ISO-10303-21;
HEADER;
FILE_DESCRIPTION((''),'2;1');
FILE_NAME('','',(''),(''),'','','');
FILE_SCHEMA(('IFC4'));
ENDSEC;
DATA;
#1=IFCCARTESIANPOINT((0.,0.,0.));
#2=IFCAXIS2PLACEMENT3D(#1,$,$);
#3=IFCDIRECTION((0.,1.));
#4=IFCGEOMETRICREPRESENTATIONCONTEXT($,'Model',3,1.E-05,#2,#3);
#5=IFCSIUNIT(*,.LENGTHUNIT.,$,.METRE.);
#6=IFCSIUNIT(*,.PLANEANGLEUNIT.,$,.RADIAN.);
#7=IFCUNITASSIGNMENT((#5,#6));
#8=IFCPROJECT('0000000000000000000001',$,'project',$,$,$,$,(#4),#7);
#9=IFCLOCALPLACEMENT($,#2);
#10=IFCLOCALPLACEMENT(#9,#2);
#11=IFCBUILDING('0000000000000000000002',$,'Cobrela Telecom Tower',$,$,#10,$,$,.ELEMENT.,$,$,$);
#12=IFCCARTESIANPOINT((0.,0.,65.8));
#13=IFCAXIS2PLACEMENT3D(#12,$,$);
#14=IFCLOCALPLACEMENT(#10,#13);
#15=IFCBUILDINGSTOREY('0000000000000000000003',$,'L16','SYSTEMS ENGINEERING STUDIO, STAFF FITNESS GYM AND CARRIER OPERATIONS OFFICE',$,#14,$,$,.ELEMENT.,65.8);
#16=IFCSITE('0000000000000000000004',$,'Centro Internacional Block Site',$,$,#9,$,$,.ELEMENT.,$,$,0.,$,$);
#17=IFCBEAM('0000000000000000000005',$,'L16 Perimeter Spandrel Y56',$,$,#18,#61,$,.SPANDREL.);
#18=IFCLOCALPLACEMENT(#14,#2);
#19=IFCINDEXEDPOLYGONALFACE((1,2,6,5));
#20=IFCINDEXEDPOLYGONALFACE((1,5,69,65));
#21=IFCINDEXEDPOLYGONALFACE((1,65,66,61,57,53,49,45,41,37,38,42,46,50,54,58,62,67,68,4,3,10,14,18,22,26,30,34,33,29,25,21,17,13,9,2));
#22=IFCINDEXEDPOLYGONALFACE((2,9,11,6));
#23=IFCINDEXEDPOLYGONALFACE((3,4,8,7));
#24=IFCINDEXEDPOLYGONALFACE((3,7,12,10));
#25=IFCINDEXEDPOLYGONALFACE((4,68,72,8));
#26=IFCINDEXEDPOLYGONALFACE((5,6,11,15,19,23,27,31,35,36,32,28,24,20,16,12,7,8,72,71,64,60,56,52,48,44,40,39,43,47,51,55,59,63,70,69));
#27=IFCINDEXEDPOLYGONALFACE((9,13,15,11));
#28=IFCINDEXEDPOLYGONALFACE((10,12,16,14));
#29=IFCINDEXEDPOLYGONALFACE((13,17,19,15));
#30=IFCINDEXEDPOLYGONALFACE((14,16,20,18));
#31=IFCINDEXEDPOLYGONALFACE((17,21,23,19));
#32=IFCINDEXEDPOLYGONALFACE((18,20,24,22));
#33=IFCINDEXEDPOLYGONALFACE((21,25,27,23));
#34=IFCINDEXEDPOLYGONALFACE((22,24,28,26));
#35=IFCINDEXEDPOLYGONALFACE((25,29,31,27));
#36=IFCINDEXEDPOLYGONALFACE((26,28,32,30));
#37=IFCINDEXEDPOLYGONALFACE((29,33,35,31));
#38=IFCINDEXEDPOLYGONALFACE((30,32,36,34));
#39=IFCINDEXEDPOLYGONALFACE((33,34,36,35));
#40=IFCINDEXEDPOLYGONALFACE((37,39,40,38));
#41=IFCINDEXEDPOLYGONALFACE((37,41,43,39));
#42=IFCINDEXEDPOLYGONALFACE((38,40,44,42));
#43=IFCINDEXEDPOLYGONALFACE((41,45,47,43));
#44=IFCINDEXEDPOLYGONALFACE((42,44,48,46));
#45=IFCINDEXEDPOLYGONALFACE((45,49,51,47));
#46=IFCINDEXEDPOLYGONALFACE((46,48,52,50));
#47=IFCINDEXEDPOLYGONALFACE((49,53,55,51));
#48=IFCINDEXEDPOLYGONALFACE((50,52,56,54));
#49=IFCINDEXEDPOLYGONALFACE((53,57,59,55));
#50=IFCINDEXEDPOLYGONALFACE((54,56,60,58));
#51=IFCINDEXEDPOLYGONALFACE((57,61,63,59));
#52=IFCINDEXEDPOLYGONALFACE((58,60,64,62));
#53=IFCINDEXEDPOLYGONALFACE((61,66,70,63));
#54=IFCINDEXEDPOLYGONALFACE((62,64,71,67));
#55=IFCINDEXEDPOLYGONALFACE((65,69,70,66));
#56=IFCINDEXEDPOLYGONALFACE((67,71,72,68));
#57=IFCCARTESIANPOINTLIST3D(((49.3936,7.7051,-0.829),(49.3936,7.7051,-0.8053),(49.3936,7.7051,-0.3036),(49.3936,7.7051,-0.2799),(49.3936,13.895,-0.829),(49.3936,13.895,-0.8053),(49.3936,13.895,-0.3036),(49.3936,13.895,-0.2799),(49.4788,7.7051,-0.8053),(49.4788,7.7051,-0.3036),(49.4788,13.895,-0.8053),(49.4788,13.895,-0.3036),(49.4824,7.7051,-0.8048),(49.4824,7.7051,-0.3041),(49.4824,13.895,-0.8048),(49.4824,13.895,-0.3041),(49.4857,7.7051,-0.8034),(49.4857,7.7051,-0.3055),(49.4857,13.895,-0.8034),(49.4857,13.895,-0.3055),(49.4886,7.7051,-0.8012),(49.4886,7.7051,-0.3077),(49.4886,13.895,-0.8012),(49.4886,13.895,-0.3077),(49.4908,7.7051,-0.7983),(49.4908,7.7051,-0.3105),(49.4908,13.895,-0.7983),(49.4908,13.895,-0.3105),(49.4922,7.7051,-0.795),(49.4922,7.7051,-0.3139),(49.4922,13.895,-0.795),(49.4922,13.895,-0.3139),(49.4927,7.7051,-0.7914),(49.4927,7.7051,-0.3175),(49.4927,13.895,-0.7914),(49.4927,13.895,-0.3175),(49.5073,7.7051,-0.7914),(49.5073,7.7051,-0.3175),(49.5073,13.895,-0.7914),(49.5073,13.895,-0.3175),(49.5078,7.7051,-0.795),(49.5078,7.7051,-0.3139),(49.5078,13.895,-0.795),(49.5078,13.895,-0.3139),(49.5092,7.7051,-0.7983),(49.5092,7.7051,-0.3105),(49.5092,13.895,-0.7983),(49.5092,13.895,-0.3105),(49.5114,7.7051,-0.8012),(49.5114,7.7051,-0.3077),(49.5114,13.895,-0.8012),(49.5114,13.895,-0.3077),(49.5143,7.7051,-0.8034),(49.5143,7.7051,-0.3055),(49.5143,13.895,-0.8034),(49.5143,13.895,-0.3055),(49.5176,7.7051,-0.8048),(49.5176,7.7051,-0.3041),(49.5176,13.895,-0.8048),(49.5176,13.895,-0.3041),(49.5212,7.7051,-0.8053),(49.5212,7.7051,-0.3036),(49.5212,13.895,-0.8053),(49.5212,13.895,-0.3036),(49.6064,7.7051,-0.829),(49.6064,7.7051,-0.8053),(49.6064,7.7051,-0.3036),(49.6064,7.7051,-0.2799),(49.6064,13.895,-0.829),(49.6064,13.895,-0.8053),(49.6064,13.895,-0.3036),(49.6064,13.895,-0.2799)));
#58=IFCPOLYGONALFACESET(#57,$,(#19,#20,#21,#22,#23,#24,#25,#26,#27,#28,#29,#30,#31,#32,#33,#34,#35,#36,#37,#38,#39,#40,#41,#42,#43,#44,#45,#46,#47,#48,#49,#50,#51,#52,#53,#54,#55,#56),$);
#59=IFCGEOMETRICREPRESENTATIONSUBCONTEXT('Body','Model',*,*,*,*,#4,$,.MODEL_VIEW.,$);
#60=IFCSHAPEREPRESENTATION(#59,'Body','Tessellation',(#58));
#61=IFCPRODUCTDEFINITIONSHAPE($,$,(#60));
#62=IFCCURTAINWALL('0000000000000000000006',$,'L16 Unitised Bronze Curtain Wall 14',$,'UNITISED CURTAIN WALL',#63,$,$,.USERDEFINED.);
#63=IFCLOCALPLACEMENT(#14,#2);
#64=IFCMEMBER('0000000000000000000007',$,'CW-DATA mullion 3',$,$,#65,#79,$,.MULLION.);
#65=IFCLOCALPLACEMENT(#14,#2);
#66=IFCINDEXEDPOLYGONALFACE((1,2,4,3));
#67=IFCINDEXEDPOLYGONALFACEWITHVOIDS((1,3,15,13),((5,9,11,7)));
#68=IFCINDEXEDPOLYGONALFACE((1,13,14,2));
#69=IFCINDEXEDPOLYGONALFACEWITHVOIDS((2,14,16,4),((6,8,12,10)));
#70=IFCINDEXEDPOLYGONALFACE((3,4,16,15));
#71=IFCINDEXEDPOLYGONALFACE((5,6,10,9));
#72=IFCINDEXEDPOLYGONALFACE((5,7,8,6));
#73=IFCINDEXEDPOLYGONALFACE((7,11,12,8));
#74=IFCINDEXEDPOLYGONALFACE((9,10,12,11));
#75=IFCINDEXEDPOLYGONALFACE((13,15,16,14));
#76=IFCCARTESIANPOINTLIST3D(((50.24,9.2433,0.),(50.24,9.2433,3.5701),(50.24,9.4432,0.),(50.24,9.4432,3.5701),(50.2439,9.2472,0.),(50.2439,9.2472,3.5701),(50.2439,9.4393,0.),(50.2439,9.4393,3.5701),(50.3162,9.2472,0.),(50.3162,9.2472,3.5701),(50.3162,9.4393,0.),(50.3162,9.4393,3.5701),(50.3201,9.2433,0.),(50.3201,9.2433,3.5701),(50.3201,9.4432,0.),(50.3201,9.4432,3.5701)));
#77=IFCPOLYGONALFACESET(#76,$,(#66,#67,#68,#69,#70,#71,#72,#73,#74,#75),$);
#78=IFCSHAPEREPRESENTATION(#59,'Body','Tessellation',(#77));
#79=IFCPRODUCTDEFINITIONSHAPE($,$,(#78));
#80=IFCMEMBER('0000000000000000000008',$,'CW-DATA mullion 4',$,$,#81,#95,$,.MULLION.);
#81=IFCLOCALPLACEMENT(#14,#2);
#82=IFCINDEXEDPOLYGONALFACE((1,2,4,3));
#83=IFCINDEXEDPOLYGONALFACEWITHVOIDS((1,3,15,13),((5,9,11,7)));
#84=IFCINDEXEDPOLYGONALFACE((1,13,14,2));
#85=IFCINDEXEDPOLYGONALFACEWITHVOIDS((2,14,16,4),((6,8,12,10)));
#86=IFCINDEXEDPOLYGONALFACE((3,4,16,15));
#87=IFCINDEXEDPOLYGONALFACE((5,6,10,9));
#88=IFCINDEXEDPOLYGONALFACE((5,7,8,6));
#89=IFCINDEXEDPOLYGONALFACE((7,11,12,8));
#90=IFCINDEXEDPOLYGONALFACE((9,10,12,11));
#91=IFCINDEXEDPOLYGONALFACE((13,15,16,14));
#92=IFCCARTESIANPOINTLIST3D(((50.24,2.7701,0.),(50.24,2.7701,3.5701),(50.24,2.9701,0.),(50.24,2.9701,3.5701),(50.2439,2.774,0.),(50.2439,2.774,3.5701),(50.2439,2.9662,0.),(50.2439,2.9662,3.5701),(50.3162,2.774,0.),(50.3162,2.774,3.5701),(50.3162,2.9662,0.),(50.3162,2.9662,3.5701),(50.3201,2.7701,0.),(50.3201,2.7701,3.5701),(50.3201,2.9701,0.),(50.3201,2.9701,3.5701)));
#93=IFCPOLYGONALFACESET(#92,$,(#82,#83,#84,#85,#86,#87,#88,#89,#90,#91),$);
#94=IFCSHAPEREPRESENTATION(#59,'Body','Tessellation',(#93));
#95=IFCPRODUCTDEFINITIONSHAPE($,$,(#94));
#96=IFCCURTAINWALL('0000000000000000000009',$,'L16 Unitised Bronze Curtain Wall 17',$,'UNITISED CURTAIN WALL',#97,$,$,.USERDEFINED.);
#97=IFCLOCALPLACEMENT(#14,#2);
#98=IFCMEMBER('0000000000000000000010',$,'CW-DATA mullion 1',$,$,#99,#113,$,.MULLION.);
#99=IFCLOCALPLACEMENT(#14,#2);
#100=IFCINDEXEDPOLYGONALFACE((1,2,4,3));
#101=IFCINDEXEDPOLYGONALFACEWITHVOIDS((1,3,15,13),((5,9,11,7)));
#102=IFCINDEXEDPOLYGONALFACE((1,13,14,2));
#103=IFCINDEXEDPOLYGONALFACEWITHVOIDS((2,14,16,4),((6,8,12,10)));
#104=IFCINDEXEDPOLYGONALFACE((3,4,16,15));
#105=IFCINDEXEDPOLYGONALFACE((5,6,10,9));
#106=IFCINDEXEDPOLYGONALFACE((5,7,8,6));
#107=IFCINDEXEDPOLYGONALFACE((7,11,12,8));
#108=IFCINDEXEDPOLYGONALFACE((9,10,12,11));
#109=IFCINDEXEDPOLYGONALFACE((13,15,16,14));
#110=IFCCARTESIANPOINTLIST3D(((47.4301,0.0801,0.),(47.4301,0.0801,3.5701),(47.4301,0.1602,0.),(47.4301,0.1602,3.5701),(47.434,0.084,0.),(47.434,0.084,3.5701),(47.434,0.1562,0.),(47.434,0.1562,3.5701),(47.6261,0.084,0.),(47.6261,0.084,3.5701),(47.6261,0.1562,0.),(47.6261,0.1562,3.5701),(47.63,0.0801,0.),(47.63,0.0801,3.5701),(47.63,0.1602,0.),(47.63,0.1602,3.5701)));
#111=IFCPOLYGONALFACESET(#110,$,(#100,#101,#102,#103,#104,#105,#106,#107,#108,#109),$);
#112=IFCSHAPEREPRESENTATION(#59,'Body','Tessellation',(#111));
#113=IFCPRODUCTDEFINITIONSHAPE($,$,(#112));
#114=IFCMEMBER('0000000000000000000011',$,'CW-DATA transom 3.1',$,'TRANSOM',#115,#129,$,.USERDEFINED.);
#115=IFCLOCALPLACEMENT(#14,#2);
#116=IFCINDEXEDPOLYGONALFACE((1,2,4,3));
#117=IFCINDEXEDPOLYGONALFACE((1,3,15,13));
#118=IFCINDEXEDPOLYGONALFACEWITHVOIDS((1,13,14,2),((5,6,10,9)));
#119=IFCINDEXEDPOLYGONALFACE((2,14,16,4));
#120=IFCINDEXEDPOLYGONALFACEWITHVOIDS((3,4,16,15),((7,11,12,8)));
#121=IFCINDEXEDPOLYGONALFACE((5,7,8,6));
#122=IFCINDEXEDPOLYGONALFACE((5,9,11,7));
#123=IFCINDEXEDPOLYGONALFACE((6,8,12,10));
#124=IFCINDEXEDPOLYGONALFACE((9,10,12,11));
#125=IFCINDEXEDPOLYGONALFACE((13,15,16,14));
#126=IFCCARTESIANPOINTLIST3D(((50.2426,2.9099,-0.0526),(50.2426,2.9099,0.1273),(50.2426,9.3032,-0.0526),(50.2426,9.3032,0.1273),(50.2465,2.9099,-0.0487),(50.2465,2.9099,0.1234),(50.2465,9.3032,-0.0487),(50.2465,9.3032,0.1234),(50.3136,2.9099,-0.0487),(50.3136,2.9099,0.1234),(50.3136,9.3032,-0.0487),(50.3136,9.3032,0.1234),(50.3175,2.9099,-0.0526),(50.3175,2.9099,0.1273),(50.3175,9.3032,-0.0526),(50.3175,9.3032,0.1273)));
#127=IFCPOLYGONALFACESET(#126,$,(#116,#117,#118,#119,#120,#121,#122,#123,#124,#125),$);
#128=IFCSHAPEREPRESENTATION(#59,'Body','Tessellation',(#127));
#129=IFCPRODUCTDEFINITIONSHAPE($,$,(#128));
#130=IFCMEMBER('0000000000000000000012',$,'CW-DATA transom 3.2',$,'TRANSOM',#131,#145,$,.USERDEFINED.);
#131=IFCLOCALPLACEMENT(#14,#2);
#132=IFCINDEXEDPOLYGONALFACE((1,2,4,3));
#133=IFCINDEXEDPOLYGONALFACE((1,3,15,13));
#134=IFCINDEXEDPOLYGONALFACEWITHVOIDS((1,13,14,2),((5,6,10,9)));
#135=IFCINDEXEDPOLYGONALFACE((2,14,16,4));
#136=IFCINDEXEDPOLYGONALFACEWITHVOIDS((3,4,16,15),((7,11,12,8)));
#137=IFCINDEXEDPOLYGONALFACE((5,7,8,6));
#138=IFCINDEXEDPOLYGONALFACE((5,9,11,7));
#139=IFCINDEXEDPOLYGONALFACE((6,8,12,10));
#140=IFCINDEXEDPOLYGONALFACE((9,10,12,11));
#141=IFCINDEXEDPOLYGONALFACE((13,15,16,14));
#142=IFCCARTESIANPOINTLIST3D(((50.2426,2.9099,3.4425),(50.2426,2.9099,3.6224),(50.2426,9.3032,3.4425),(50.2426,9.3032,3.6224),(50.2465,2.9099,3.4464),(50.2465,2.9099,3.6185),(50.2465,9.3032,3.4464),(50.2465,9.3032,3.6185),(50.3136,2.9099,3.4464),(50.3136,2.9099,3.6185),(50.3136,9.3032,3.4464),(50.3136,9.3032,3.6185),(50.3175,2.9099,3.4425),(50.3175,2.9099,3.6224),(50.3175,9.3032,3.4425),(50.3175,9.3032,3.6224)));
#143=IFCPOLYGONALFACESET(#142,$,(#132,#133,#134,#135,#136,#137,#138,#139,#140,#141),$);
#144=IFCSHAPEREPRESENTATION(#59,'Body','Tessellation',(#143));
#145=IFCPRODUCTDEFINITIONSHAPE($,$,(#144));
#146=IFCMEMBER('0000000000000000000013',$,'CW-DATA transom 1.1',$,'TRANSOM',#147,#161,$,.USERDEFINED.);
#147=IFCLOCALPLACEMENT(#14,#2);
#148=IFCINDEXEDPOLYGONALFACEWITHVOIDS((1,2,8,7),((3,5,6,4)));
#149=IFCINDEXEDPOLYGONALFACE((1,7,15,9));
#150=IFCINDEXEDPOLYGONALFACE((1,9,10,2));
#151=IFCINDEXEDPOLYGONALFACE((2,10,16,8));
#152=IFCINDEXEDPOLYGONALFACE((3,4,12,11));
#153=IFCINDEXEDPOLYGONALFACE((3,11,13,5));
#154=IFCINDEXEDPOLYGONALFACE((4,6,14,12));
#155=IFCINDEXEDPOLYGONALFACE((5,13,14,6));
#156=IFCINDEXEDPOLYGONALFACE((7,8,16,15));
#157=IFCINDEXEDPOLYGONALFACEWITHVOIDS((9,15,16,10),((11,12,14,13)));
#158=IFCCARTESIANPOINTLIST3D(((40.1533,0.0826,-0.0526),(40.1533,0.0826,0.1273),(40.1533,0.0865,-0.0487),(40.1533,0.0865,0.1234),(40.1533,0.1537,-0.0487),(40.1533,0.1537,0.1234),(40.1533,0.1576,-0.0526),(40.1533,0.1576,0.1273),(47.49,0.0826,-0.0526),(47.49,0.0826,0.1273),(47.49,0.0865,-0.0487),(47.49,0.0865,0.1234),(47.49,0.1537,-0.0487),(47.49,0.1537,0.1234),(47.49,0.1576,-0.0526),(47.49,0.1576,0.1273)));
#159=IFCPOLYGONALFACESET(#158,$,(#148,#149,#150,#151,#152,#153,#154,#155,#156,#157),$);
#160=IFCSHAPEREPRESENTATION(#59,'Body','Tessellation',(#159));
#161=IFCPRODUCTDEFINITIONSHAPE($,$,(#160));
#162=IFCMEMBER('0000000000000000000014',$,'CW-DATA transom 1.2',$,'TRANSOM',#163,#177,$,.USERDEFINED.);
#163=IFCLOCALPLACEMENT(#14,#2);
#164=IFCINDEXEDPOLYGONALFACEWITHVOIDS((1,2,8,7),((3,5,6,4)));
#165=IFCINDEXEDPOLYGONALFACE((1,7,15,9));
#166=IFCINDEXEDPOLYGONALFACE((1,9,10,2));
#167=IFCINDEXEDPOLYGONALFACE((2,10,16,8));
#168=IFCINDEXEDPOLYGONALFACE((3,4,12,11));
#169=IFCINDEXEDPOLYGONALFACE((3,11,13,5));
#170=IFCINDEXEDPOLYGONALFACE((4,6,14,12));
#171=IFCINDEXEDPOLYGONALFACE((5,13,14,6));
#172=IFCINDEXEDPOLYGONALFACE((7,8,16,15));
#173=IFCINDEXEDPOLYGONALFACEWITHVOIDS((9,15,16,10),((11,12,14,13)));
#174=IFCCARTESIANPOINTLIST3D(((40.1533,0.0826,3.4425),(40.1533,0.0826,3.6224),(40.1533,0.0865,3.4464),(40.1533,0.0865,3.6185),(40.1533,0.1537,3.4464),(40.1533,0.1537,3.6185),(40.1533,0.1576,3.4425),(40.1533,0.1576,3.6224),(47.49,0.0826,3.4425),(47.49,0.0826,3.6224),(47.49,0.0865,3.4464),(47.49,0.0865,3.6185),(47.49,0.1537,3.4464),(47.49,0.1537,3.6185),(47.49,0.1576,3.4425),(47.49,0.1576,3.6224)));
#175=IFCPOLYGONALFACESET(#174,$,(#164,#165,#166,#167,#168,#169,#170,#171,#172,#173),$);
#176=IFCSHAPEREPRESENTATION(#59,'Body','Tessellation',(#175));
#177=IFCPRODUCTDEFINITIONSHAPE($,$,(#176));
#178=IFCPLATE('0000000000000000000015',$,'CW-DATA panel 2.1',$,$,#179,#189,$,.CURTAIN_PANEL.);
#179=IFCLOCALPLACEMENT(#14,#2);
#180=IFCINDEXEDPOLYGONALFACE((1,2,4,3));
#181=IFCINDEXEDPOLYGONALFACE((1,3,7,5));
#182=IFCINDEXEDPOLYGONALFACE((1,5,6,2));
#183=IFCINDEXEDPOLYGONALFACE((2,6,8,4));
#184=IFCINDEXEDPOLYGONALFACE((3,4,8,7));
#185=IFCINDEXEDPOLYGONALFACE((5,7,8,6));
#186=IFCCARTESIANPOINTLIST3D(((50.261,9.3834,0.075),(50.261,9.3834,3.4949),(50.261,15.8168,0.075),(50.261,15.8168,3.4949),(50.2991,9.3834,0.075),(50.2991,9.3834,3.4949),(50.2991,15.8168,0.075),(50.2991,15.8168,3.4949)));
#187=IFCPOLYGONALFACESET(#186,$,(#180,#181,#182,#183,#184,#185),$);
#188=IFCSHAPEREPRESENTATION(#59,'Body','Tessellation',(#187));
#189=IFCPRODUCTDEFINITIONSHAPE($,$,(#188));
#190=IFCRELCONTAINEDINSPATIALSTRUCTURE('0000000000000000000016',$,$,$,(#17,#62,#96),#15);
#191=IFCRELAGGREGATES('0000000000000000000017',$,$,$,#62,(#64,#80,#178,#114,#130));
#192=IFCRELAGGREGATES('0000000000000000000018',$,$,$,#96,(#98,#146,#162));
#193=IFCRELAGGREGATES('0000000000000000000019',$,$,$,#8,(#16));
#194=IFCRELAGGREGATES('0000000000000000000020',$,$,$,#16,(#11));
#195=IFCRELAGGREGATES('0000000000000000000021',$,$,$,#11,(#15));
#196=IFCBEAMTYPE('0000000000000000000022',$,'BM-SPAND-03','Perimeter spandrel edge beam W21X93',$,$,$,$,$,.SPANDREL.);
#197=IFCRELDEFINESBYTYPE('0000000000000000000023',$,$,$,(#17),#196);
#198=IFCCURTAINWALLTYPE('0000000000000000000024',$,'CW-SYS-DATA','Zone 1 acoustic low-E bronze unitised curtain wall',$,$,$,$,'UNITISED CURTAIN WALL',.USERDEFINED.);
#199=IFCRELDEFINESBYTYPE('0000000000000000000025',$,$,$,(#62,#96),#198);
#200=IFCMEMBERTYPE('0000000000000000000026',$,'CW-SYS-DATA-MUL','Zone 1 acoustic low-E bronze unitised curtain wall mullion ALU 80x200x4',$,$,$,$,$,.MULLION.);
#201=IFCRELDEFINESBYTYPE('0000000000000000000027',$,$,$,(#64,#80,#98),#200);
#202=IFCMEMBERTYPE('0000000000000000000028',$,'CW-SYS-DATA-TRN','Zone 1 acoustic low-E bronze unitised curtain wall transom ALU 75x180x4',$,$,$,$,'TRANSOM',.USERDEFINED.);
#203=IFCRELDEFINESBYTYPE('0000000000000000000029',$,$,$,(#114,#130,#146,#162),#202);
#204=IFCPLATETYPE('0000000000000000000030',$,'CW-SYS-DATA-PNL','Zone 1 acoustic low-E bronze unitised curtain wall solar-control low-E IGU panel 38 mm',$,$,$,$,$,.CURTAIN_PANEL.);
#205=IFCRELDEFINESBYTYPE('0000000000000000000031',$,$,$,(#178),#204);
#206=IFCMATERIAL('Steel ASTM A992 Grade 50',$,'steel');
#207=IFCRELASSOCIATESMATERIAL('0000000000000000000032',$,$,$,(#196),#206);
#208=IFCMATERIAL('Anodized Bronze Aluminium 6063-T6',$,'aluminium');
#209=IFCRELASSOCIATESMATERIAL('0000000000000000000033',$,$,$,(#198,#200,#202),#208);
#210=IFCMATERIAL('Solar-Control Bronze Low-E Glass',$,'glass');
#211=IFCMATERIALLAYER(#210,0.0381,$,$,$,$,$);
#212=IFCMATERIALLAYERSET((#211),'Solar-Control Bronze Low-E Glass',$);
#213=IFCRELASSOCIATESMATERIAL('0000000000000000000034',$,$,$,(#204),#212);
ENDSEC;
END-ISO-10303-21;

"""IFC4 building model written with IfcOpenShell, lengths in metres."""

from ifc_helpers import new_model, si_unit, direction, frame, origin, origin_2d, place, context, subcontext, project, spatial, rectangle, hollow_rectangle, i_section, extrude, material, layer, layer_set, material_profile, profile_set, type_object, element, aggregate, save


model = new_model("IFC4")

# Units and contexts
model_context = context("Model", 3, precision=1e-05, world=origin(), true_north=direction((0.0, 1.0)))
body_context = subcontext(model_context, "Body", "Model", "MODEL_VIEW")
ifc_project = project(units=[si_unit("LENGTHUNIT", "METRE"), si_unit("PLANEANGLEUNIT", "RADIAN")], contexts=[model_context])

# Site, building, storey
site_placement = place(None, origin())
site = spatial("IfcSite", under=ifc_project, at=site_placement, Name="Centro Internacional Block Site", CompositionType="ELEMENT", RefElevation=0.0)
building_placement = place(site_placement, origin())
building = spatial("IfcBuilding", under=site, at=building_placement, Name="Cobrela Telecom Tower", CompositionType="ELEMENT")
storey_placement = place(building_placement, frame((0.0, 0.0, 65.8)))
storey = spatial("IfcBuildingStorey", under=building, at=storey_placement, Name="L16", Description="SYSTEMS ENGINEERING STUDIO, STAFF FITNESS GYM AND CARRIER OPERATIONS OFFICE", CompositionType="ELEMENT", Elevation=65.8)

# Shared definitions
ifc_material_1 = material(Name="Steel ASTM A992 Grade 50", Category="steel")

# Beam
ifc_material_profile_1 = material_profile(ifc_material_1, i_section(OverallWidth=0.2129, OverallDepth=0.5491, WebThickness=0.0146, FlangeThickness=0.0237, FilletRadius=0.0139, at=origin_2d()), Name="W21X93")
ifc_profile_set_1 = profile_set([ifc_material_profile_1], Name="Steel ASTM A992 Grade 50")
beam_type_1 = type_object("IfcBeamType", Name="BM-SPAND-03", Description="Perimeter spandrel edge beam W21X93", PredefinedType="SPANDREL", material=ifc_profile_set_1)
beam_1_placement = place(storey_placement, frame((49.5, 7.7051, -0.5544), z_axis=(0.0, 1.0, 0.0), x_axis=(-1.0, 0.0, 0.0)))
element("IfcBeam", 1, at=beam_1_placement, inside=storey, type_object=beam_type_1, Name="L16 Perimeter Spandrel Y56", PredefinedType="SPANDREL", context=body_context, shape_type="SweptSolid", body=[
    extrude(i_section(OverallWidth=0.2129, OverallDepth=0.5491, WebThickness=0.0146, FlangeThickness=0.0237, FilletRadius=0.0139, at=origin_2d()), origin(), (0.0, 0.0, 1.0), 6.1899),
])

# Curtain wall, members
ifc_material_2 = material(Name="Anodized Bronze Aluminium 6063-T6", Category="aluminium")
curtain_wall_type = type_object("IfcCurtainWallType", Name="CW-SYS-DATA", Description="Zone 1 acoustic low-E bronze unitised curtain wall", ElementType="UNITISED CURTAIN WALL", PredefinedType="USERDEFINED", material=ifc_material_2)
curtain_wall_1_placement = place(storey_placement, origin())
curtain_wall_1 = element("IfcCurtainWall", 2, at=curtain_wall_1_placement, inside=storey, type_object=curtain_wall_type, Name="L16 Unitised Bronze Curtain Wall 14", ObjectType="UNITISED CURTAIN WALL", PredefinedType="USERDEFINED")
ifc_material_profile_2 = material_profile(ifc_material_2, hollow_rectangle(XDim=0.0801, YDim=0.2, WallThickness=0.0039, at=origin_2d()), Name="ALU 80x200x4")
ifc_profile_set_2 = profile_set([ifc_material_profile_2], Name="Anodized Bronze Aluminium 6063-T6")
member_type_1 = type_object("IfcMemberType", Name="CW-SYS-DATA-MUL", Description="Zone 1 acoustic low-E bronze unitised curtain wall mullion ALU 80x200x4", PredefinedType="MULLION", material=ifc_profile_set_2)
member_1_placement = place(storey_placement, frame((50.28, 9.3433, 0.0), z_axis=(0.0, 0.0, 1.0), x_axis=(1.0, 0.0, 0.0)))
member_1 = element("IfcMember", 3, at=member_1_placement, type_object=member_type_1, Name="CW-DATA mullion 3", PredefinedType="MULLION", context=body_context, shape_type="SweptSolid", body=[
    extrude(hollow_rectangle(XDim=0.0801, YDim=0.2, WallThickness=0.0039, at=origin_2d()), origin(), (0.0, 0.0, 1.0), 3.5701),
])
member_2_placement = place(storey_placement, frame((50.28, 2.8701, 0.0), z_axis=(0.0, 0.0, 1.0), x_axis=(1.0, 0.0, 0.0)))
member_2 = element("IfcMember", 4, at=member_2_placement, type_object=member_type_1, Name="CW-DATA mullion 4", PredefinedType="MULLION", context=body_context, shape_type="SweptSolid", body=[
    extrude(hollow_rectangle(XDim=0.0801, YDim=0.2, WallThickness=0.0039, at=origin_2d()), origin(), (0.0, 0.0, 1.0), 3.5701),
])

# Curtain wall, member
curtain_wall_2_placement = place(storey_placement, origin())
curtain_wall_2 = element("IfcCurtainWall", 5, at=curtain_wall_2_placement, inside=storey, type_object=curtain_wall_type, Name="L16 Unitised Bronze Curtain Wall 17", ObjectType="UNITISED CURTAIN WALL", PredefinedType="USERDEFINED")
member_3_placement = place(storey_placement, frame((47.53, 0.1201, 0.0), z_axis=(0.0, 0.0, 1.0), x_axis=(0.0, -1.0, 0.0)))
member_3 = element("IfcMember", 6, at=member_3_placement, type_object=member_type_1, Name="CW-DATA mullion 1", PredefinedType="MULLION", context=body_context, shape_type="SweptSolid", body=[
    extrude(hollow_rectangle(XDim=0.0801, YDim=0.2, WallThickness=0.0039, at=origin_2d()), origin(), (0.0, 0.0, 1.0), 3.5701),
])

# Members
ifc_material_profile_3 = material_profile(ifc_material_2, hollow_rectangle(XDim=0.075, YDim=0.1799, WallThickness=0.0039, at=origin_2d()), Name="ALU 75x180x4")
ifc_profile_set_3 = profile_set([ifc_material_profile_3], Name="Anodized Bronze Aluminium 6063-T6")
member_type_2 = type_object("IfcMemberType", Name="CW-SYS-DATA-TRN", Description="Zone 1 acoustic low-E bronze unitised curtain wall transom ALU 75x180x4", ElementType="TRANSOM", PredefinedType="USERDEFINED", material=ifc_profile_set_3)
member_4_placement = place(storey_placement, frame((50.28, 9.3032, 0.0374), z_axis=(0.0, -1.0, 0.0), x_axis=(1.0, 0.0, 0.0)))
member_4 = element("IfcMember", 7, at=member_4_placement, type_object=member_type_2, Name="CW-DATA transom 3.1", ObjectType="TRANSOM", PredefinedType="USERDEFINED", context=body_context, shape_type="SweptSolid", body=[
    extrude(hollow_rectangle(XDim=0.075, YDim=0.1799, WallThickness=0.0039, at=origin_2d()), origin(), (0.0, 0.0, 1.0), 6.3933),
])
member_5_placement = place(storey_placement, frame((50.28, 9.3032, 3.5325), z_axis=(0.0, -1.0, 0.0), x_axis=(1.0, 0.0, 0.0)))
member_5 = element("IfcMember", 8, at=member_5_placement, type_object=member_type_2, Name="CW-DATA transom 3.2", ObjectType="TRANSOM", PredefinedType="USERDEFINED", context=body_context, shape_type="SweptSolid", body=[
    extrude(hollow_rectangle(XDim=0.075, YDim=0.1799, WallThickness=0.0039, at=origin_2d()), origin(), (0.0, 0.0, 1.0), 6.3933),
])
member_6_placement = place(storey_placement, frame((47.49, 0.1201, 0.0374), z_axis=(-1.0, 0.0, 0.0), x_axis=(0.0, -1.0, 0.0)))
member_6 = element("IfcMember", 9, at=member_6_placement, type_object=member_type_2, Name="CW-DATA transom 1.1", ObjectType="TRANSOM", PredefinedType="USERDEFINED", context=body_context, shape_type="SweptSolid", body=[
    extrude(hollow_rectangle(XDim=0.075, YDim=0.1799, WallThickness=0.0039, at=origin_2d()), origin(), (0.0, 0.0, 1.0), 7.3367),
])
member_7_placement = place(storey_placement, frame((47.49, 0.1201, 3.5325), z_axis=(-1.0, 0.0, 0.0), x_axis=(0.0, -1.0, 0.0)))
member_7 = element("IfcMember", 10, at=member_7_placement, type_object=member_type_2, Name="CW-DATA transom 1.2", ObjectType="TRANSOM", PredefinedType="USERDEFINED", context=body_context, shape_type="SweptSolid", body=[
    extrude(hollow_rectangle(XDim=0.075, YDim=0.1799, WallThickness=0.0039, at=origin_2d()), origin(), (0.0, 0.0, 1.0), 7.3367),
])

# Plate
ifc_material_3 = material(Name="Solar-Control Bronze Low-E Glass", Category="glass")
ifc_layer_1 = layer(ifc_material_3, 0.0381)
ifc_layer_set_1 = layer_set([ifc_layer_1], Name="Solar-Control Bronze Low-E Glass")
plate_type = type_object("IfcPlateType", Name="CW-SYS-DATA-PNL", Description="Zone 1 acoustic low-E bronze unitised curtain wall solar-control low-E IGU panel 38 mm", PredefinedType="CURTAIN_PANEL", material=ifc_layer_set_1)
plate_1_placement = place(storey_placement, frame((50.28, 12.6001, 0.075), z_axis=(0.0, 0.0, 1.0), x_axis=(0.0, -1.0, 0.0)))
plate_1 = element("IfcPlate", 11, at=plate_1_placement, type_object=plate_type, Name="CW-DATA panel 2.1", PredefinedType="CURTAIN_PANEL", context=body_context, shape_type="SweptSolid", body=[
    extrude(rectangle(XDim=6.4333, YDim=0.0381, at=origin_2d()), origin(), (0.0, 0.0, 1.0), 3.4199),
])
aggregate(curtain_wall_1, [member_1, member_2, plate_1, member_4, member_5])
aggregate(curtain_wall_2, [member_3, member_6, member_7])

save(model, "model.ifc")
